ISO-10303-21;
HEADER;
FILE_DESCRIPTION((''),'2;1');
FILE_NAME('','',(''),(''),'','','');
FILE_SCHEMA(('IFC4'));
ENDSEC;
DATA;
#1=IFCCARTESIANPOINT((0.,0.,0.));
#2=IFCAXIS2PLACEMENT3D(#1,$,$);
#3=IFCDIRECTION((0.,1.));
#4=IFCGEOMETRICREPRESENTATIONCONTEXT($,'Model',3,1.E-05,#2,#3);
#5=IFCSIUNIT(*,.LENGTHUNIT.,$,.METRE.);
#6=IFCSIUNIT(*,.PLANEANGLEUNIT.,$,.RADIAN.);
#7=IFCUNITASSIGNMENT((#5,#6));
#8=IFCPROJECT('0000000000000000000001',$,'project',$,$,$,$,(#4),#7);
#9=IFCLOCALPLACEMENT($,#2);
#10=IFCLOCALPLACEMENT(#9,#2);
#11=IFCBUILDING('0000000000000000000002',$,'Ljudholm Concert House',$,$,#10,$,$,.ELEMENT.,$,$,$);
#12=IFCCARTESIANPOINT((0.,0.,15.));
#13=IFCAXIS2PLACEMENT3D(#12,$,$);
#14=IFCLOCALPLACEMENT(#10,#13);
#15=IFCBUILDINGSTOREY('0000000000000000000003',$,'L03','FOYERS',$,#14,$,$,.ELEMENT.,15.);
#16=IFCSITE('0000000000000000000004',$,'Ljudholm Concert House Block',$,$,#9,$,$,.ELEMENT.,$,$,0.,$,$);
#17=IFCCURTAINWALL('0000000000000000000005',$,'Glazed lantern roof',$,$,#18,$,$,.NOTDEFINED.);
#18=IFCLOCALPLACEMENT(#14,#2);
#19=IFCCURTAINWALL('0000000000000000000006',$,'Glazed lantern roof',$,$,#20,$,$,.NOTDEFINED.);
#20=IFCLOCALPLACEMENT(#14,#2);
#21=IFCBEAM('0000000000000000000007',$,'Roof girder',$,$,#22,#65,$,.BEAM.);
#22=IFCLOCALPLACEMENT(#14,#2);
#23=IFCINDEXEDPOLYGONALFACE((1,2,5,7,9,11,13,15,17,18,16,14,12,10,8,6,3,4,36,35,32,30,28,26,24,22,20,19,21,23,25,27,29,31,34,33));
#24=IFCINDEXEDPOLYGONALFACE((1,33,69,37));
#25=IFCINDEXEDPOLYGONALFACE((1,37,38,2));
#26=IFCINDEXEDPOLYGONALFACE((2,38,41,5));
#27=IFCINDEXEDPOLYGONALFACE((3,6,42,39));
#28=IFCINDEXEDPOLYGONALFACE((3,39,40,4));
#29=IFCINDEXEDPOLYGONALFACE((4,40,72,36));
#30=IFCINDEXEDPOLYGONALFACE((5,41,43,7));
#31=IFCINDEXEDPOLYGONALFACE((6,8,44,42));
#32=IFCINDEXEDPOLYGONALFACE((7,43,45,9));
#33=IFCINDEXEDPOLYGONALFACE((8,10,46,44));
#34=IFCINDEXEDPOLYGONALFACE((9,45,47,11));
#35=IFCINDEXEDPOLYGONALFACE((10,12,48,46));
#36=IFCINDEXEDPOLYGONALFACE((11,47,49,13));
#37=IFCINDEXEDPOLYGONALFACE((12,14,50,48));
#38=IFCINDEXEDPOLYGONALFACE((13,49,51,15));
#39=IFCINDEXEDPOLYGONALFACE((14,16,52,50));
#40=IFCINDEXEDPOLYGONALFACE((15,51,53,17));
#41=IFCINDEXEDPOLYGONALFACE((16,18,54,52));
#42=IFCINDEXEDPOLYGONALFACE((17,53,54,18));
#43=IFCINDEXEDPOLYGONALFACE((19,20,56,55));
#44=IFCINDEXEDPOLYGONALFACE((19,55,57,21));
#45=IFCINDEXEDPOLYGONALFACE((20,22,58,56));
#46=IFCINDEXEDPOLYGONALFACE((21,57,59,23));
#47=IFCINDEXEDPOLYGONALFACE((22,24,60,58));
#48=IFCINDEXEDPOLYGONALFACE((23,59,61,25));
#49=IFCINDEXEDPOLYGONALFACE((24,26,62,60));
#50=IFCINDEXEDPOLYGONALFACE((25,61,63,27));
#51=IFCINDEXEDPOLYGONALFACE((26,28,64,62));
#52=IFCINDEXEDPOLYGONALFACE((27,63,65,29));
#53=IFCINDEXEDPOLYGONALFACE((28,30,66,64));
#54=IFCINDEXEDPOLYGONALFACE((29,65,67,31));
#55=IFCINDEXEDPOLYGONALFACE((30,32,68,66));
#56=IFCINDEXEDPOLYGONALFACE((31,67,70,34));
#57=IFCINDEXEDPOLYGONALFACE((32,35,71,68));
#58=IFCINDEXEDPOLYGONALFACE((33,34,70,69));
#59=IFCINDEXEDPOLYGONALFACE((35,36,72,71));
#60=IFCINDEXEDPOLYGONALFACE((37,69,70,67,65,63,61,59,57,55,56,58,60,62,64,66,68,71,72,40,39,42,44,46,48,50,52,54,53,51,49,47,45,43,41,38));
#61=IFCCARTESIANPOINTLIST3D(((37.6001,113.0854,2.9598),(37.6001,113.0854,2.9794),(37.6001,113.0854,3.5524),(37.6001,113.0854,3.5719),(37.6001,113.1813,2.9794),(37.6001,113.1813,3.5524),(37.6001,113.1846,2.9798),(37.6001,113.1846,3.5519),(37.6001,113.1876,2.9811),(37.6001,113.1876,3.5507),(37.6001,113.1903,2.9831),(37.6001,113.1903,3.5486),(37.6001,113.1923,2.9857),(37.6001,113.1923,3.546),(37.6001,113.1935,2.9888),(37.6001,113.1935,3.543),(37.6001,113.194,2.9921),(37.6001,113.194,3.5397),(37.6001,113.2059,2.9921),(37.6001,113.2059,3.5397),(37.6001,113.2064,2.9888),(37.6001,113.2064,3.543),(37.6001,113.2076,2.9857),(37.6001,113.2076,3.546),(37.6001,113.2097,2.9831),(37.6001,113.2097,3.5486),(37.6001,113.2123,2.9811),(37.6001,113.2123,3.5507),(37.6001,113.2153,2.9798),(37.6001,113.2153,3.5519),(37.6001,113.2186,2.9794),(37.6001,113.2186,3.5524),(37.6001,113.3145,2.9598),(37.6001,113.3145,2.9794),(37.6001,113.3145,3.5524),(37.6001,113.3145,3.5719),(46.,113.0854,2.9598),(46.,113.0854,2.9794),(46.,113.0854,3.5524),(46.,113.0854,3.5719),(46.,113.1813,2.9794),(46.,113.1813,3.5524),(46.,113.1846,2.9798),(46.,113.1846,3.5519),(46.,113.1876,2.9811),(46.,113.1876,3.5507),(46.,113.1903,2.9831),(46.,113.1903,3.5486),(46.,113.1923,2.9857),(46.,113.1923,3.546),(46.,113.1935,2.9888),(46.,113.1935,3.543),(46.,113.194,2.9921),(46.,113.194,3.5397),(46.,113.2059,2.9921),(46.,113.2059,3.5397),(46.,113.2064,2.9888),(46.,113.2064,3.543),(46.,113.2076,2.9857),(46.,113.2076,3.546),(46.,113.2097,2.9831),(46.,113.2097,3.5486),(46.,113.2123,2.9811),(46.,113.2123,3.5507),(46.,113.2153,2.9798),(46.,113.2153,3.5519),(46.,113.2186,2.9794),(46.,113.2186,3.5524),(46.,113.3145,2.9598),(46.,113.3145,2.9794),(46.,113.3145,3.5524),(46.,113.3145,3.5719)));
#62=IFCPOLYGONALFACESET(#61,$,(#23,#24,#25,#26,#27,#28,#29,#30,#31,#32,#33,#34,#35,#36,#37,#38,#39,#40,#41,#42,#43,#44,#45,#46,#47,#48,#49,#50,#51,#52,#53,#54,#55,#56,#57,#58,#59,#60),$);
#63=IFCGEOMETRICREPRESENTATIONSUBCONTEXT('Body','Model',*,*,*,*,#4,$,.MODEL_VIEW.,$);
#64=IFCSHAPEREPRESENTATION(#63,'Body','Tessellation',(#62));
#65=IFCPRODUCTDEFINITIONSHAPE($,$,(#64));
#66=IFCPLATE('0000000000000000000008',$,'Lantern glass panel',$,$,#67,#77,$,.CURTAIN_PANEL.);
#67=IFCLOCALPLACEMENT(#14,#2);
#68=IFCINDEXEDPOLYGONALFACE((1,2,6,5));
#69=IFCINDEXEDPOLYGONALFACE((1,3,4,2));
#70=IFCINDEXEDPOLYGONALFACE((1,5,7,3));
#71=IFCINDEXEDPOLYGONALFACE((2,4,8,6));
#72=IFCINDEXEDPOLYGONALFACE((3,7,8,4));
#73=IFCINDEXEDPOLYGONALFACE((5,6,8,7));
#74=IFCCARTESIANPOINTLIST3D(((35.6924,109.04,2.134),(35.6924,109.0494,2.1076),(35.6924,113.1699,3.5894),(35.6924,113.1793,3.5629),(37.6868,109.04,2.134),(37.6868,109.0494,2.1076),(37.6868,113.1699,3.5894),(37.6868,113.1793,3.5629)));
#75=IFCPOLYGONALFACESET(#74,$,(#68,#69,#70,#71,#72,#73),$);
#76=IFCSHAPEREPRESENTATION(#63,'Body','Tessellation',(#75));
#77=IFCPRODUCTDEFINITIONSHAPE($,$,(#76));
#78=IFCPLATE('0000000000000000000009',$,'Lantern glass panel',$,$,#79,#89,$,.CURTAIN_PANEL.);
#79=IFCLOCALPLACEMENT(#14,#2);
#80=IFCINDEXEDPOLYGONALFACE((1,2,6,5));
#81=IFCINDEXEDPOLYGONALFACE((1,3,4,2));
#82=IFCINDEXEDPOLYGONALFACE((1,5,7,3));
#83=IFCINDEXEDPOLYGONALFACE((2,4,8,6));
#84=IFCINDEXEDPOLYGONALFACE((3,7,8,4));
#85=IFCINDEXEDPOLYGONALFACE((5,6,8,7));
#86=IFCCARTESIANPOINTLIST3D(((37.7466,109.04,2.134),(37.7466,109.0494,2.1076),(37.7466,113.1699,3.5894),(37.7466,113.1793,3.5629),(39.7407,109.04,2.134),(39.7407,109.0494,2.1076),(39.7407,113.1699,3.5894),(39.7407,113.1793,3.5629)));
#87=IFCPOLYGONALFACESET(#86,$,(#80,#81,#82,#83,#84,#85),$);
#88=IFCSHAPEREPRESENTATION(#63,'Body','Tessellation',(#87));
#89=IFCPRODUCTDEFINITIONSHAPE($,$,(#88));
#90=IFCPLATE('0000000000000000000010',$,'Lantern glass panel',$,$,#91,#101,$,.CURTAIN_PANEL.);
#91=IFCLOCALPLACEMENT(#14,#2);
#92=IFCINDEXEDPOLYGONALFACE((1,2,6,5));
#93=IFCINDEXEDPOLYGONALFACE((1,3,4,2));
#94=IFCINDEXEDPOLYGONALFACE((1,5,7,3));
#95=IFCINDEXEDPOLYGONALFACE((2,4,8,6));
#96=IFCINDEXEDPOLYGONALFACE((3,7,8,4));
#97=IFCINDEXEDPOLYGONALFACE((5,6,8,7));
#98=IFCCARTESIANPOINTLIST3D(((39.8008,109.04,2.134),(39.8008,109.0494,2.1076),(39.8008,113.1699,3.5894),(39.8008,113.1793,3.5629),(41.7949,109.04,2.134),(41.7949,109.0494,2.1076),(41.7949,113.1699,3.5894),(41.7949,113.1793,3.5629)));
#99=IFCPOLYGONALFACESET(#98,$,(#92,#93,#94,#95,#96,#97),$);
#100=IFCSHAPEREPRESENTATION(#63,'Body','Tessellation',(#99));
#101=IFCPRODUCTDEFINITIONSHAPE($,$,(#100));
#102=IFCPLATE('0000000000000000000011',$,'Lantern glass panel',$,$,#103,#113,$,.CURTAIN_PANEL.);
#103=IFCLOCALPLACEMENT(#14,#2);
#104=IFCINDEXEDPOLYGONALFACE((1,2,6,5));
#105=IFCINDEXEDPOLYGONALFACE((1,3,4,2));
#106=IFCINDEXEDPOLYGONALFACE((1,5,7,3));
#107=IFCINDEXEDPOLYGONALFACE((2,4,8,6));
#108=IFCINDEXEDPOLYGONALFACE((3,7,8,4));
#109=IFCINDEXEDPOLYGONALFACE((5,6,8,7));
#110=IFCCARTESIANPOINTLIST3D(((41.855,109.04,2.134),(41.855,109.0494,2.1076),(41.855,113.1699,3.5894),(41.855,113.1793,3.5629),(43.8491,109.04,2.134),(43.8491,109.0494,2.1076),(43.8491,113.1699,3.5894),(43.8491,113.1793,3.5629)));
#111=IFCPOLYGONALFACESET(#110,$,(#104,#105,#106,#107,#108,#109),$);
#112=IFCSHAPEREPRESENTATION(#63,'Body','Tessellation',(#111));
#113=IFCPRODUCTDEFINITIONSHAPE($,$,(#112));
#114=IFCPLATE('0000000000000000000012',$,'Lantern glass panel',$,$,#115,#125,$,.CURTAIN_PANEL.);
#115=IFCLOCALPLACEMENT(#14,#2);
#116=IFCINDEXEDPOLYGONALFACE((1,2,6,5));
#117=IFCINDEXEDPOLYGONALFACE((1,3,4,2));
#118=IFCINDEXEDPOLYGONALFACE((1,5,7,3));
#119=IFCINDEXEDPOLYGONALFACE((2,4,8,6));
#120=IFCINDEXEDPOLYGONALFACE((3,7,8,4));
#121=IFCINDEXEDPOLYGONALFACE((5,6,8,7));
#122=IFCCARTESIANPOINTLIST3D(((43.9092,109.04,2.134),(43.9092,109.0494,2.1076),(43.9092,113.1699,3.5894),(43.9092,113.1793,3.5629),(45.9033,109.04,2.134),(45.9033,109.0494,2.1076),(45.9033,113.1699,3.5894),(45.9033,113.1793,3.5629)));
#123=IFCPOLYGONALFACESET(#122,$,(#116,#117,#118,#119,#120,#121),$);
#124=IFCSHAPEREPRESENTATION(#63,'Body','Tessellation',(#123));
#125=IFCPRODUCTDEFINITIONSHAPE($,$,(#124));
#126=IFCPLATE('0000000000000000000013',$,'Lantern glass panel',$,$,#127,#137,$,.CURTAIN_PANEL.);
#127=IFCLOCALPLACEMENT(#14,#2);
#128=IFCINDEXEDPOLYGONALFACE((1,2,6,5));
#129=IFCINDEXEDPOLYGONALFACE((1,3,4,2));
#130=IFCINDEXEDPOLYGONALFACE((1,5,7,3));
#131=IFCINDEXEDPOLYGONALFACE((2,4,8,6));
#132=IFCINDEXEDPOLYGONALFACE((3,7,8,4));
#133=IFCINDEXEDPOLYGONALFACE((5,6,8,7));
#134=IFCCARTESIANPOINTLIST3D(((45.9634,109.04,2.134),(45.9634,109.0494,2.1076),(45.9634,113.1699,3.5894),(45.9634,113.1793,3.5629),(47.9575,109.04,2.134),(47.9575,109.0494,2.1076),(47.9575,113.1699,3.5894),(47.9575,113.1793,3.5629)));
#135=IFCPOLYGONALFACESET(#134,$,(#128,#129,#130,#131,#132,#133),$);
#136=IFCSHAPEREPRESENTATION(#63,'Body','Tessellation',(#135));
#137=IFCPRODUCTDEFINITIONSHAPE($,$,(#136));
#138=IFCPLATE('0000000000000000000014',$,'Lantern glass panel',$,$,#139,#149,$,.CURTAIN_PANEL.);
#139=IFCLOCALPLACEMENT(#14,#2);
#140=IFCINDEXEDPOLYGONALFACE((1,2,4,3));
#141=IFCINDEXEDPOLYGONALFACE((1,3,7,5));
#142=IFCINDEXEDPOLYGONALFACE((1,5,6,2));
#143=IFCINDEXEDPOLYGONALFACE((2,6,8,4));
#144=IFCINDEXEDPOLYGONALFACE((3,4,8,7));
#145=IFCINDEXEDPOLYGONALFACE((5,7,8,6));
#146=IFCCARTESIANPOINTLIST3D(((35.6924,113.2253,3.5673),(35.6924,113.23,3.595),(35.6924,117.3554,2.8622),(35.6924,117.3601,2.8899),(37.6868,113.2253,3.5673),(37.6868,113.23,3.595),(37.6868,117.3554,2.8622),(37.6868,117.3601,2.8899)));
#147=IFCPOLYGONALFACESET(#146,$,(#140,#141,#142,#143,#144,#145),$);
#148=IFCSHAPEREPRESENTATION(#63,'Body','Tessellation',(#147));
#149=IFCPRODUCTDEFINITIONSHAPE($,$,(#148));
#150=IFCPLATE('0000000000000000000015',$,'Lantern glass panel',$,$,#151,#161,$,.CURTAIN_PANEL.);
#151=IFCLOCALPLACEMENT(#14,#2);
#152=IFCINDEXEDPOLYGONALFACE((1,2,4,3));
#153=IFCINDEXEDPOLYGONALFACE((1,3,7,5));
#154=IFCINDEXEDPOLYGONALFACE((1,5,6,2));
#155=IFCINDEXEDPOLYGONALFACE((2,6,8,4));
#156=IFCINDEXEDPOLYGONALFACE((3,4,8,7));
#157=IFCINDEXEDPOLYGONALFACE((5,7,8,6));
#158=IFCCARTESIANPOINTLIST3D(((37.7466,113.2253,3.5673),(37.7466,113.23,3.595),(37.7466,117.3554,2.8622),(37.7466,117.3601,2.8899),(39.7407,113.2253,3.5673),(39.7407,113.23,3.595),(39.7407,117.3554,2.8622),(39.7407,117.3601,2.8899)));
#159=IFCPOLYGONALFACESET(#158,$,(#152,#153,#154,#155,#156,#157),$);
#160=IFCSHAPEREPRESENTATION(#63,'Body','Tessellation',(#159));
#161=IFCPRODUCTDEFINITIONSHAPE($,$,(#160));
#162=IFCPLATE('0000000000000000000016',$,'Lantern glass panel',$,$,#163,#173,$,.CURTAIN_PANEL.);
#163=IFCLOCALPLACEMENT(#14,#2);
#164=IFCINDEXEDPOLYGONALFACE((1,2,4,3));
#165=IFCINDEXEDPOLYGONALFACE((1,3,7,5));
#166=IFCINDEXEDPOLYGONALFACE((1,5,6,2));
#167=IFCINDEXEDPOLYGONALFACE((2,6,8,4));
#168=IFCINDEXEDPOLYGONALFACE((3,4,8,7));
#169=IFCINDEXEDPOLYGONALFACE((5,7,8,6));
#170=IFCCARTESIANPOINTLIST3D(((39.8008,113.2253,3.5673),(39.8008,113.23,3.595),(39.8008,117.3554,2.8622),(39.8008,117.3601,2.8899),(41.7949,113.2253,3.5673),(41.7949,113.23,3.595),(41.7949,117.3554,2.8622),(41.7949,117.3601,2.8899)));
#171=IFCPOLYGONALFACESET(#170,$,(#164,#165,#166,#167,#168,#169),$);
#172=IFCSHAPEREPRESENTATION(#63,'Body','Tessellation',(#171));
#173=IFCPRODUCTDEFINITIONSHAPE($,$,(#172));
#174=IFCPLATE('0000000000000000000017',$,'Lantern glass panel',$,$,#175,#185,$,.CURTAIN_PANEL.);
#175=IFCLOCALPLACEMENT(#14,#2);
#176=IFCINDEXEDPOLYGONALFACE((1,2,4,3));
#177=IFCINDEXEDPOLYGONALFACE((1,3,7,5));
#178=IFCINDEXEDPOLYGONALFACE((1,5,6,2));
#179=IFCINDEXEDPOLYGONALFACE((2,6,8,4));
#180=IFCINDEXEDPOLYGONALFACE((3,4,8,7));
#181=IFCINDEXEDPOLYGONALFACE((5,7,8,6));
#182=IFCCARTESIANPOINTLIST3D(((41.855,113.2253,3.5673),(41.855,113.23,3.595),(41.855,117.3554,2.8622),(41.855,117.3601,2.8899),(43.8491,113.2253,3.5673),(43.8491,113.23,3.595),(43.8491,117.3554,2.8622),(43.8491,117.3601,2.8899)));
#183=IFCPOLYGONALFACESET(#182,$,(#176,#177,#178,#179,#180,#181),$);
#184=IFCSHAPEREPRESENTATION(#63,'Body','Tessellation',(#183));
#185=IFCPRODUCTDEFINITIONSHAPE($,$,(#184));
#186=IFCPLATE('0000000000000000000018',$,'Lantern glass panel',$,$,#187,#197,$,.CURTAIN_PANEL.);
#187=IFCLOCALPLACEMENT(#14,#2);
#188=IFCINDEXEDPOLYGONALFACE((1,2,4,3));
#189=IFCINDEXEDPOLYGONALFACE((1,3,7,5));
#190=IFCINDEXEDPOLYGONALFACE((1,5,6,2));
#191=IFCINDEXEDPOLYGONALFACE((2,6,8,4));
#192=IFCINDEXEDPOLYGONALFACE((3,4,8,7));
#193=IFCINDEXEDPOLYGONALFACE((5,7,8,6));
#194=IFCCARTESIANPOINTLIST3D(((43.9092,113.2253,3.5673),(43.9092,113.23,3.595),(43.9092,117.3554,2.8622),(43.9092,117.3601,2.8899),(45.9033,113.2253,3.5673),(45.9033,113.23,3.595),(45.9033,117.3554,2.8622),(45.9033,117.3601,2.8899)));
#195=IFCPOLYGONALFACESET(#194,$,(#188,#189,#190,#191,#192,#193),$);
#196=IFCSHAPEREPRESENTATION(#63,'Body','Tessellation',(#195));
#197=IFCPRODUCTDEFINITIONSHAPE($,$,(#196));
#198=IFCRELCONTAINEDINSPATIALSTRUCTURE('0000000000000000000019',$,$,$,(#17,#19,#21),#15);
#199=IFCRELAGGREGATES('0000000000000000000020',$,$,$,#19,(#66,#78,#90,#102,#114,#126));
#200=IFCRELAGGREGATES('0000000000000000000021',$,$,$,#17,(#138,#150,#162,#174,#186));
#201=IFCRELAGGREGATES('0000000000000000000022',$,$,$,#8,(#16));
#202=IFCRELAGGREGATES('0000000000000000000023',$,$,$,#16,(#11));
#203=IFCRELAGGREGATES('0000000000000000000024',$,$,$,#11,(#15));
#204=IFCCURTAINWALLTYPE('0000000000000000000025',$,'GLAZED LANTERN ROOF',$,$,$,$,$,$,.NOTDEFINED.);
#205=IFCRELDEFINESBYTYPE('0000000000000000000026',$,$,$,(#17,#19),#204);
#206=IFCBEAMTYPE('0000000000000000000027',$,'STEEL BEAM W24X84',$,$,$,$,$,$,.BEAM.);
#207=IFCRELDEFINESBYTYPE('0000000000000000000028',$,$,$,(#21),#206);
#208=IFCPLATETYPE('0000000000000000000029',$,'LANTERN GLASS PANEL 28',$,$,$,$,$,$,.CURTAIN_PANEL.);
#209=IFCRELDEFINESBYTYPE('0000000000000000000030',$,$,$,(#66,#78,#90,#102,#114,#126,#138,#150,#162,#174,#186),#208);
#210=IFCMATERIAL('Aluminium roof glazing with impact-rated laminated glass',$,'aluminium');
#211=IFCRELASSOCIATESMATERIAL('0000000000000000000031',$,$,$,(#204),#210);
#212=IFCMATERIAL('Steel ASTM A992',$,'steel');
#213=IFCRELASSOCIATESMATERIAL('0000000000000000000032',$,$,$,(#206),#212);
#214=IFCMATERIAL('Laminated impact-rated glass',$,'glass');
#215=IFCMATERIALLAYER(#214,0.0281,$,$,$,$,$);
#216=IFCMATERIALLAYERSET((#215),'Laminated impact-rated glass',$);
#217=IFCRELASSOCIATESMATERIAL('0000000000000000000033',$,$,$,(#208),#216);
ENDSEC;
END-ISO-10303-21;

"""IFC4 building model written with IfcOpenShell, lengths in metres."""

from ifc_helpers import new_model, si_unit, direction, frame, origin, origin_2d, place, context, subcontext, project, spatial, polyline, i_section, outline, extrude, material, layer, layer_set, material_profile, profile_set, type_object, element, aggregate, save


model = new_model("IFC4")

# Units and contexts
model_context = context("Model", 3, precision=1e-05, world=origin(), true_north=direction((0.0, 1.0)))
body_context = subcontext(model_context, "Body", "Model", "MODEL_VIEW")
ifc_project = project(units=[si_unit("LENGTHUNIT", "METRE"), si_unit("PLANEANGLEUNIT", "RADIAN")], contexts=[model_context])

# Site, building, storey
site_placement = place(None, origin())
site = spatial("IfcSite", under=ifc_project, at=site_placement, Name="Ljudholm Concert House Block", CompositionType="ELEMENT", RefElevation=0.0)
building_placement = place(site_placement, origin())
building = spatial("IfcBuilding", under=site, at=building_placement, Name="Ljudholm Concert House", CompositionType="ELEMENT")
storey_placement = place(building_placement, frame((0.0, 0.0, 15.0)))
storey = spatial("IfcBuildingStorey", under=building, at=storey_placement, Name="L03", Description="FOYERS", CompositionType="ELEMENT", Elevation=15.0)

# Curtain walls
ifc_material_1 = material(Name="Aluminium roof glazing with impact-rated laminated glass", Category="aluminium")
curtain_wall_type = type_object("IfcCurtainWallType", Name="GLAZED LANTERN ROOF", PredefinedType="NOTDEFINED", material=ifc_material_1)
curtain_wall_1_placement = place(storey_placement, origin())
curtain_wall_1 = element("IfcCurtainWall", 1, at=curtain_wall_1_placement, inside=storey, type_object=curtain_wall_type, Name="Glazed lantern roof", PredefinedType="NOTDEFINED")
curtain_wall_2_placement = place(storey_placement, origin())
curtain_wall_2 = element("IfcCurtainWall", 2, at=curtain_wall_2_placement, inside=storey, type_object=curtain_wall_type, Name="Glazed lantern roof", PredefinedType="NOTDEFINED")

# Beam
ifc_material_2 = material(Name="Steel ASTM A992", Category="steel")
ifc_material_profile_1 = material_profile(ifc_material_2, i_section(OverallWidth=0.229, OverallDepth=0.6121, WebThickness=0.012, FlangeThickness=0.0195, FilletRadius=0.0127, at=origin_2d()), Name="W24X84")
ifc_profile_set_1 = profile_set([ifc_material_profile_1], Name="Steel ASTM A992")
beam_type_1 = type_object("IfcBeamType", Name="STEEL BEAM W24X84", PredefinedType="BEAM", material=ifc_profile_set_1)
beam_placement = place(storey_placement, frame((37.6001, 113.2, 3.2659), z_axis=(1.0, 0.0, 0.0), x_axis=(0.0, 1.0, 0.0)))
element("IfcBeam", 3, at=beam_placement, inside=storey, type_object=beam_type_1, Name="Roof girder", PredefinedType="BEAM", context=body_context, shape_type="SweptSolid", body=[
    extrude(i_section(OverallWidth=0.229, OverallDepth=0.6121, WebThickness=0.012, FlangeThickness=0.0195, FilletRadius=0.0127, at=origin_2d()), origin(), (0.0, 0.0, 1.0), 8.3999),
])

# Plates
ifc_material_3 = material(Name="Laminated impact-rated glass", Category="glass")
ifc_layer = layer(ifc_material_3, 0.0281)
ifc_layer_set = layer_set([ifc_layer], Name="Laminated impact-rated glass")
plate_type = type_object("IfcPlateType", Name="LANTERN GLASS PANEL 28", PredefinedType="CURTAIN_PANEL", material=ifc_layer_set)
plate_1_placement = place(storey_placement, frame((35.6924, 109.04, 2.134), z_axis=(0.0, -0.332356, 0.943154), x_axis=(1.0, 0.0, 0.0)))
plate_1 = element("IfcPlate", 4, at=plate_1_placement, type_object=plate_type, Name="Lantern glass panel", PredefinedType="CURTAIN_PANEL", context=body_context, shape_type="SweptSolid", body=[
    extrude(outline(polyline([(0.0, 0.0), (1.9944, 0.0), (1.9944, 4.3788), (0.0, 4.3788), (0.0, 0.0)])), origin(), (0.0, 0.0, -1.0), 0.0281),
])
plate_2_placement = place(storey_placement, frame((37.7466, 109.04, 2.134), z_axis=(0.0, -0.332356, 0.943154), x_axis=(1.0, 0.0, 0.0)))
plate_2 = element("IfcPlate", 5, at=plate_2_placement, type_object=plate_type, Name="Lantern glass panel", PredefinedType="CURTAIN_PANEL", context=body_context, shape_type="SweptSolid", body=[
    extrude(outline(polyline([(0.0, 0.0), (1.9941, 0.0), (1.9941, 4.3788), (0.0, 4.3788), (0.0, 0.0)])), origin(), (0.0, 0.0, -1.0), 0.0281),
])
plate_3_placement = place(storey_placement, frame((39.8008, 109.04, 2.134), z_axis=(0.0, -0.332356, 0.943154), x_axis=(1.0, 0.0, 0.0)))
plate_3 = element("IfcPlate", 6, at=plate_3_placement, type_object=plate_type, Name="Lantern glass panel", PredefinedType="CURTAIN_PANEL", context=body_context, shape_type="SweptSolid", body=[
    extrude(outline(polyline([(0.0, 0.0), (1.9941, 0.0), (1.9941, 4.3788), (0.0, 4.3788), (0.0, 0.0)])), origin(), (0.0, 0.0, -1.0), 0.0281),
])
plate_4_placement = place(storey_placement, frame((41.855, 109.04, 2.134), z_axis=(0.0, -0.332356, 0.943154), x_axis=(1.0, 0.0, 0.0)))
plate_4 = element("IfcPlate", 7, at=plate_4_placement, type_object=plate_type, Name="Lantern glass panel", PredefinedType="CURTAIN_PANEL", context=body_context, shape_type="SweptSolid", body=[
    extrude(outline(polyline([(0.0, 0.0), (1.9941, 0.0), (1.9941, 4.3788), (0.0, 4.3788), (0.0, 0.0)])), origin(), (0.0, 0.0, -1.0), 0.0281),
])
plate_5_placement = place(storey_placement, frame((43.9092, 109.04, 2.134), z_axis=(0.0, -0.332356, 0.943154), x_axis=(1.0, 0.0, 0.0)))
plate_5 = element("IfcPlate", 8, at=plate_5_placement, type_object=plate_type, Name="Lantern glass panel", PredefinedType="CURTAIN_PANEL", context=body_context, shape_type="SweptSolid", body=[
    extrude(outline(polyline([(0.0, 0.0), (1.9941, 0.0), (1.9941, 4.3788), (0.0, 4.3788), (0.0, 0.0)])), origin(), (0.0, 0.0, -1.0), 0.0281),
])
plate_6_placement = place(storey_placement, frame((45.9634, 109.04, 2.134), z_axis=(0.0, -0.332356, 0.943154), x_axis=(1.0, 0.0, 0.0)))
plate_6 = element("IfcPlate", 9, at=plate_6_placement, type_object=plate_type, Name="Lantern glass panel", PredefinedType="CURTAIN_PANEL", context=body_context, shape_type="SweptSolid", body=[
    extrude(outline(polyline([(0.0, 0.0), (1.9941, 0.0), (1.9941, 4.3788), (0.0, 4.3788), (0.0, 0.0)])), origin(), (0.0, 0.0, -1.0), 0.0281),
])
aggregate(curtain_wall_2, [plate_1, plate_2, plate_3, plate_4, plate_5, plate_6])
plate_7_placement = place(storey_placement, frame((35.6924, 113.23, 3.595), z_axis=(0.0, 0.168281, 0.985739), x_axis=(1.0, 0.0, 0.0)))
plate_7 = element("IfcPlate", 10, at=plate_7_placement, type_object=plate_type, Name="Lantern glass panel", PredefinedType="CURTAIN_PANEL", context=body_context, shape_type="SweptSolid", body=[
    extrude(outline(polyline([(0.0, 0.0), (1.9944, 0.0), (1.9944, 4.1899), (0.0, 4.1899), (0.0, 0.0)])), origin(), (0.0, 0.0, -1.0), 0.0281),
])
plate_8_placement = place(storey_placement, frame((37.7466, 113.23, 3.595), z_axis=(0.0, 0.168281, 0.985739), x_axis=(1.0, 0.0, 0.0)))
plate_8 = element("IfcPlate", 11, at=plate_8_placement, type_object=plate_type, Name="Lantern glass panel", PredefinedType="CURTAIN_PANEL", context=body_context, shape_type="SweptSolid", body=[
    extrude(outline(polyline([(0.0, 0.0), (1.9941, 0.0), (1.9941, 4.1899), (0.0, 4.1899), (0.0, 0.0)])), origin(), (0.0, 0.0, -1.0), 0.0281),
])
plate_9_placement = place(storey_placement, frame((39.8008, 113.23, 3.595), z_axis=(0.0, 0.168281, 0.985739), x_axis=(1.0, 0.0, 0.0)))
plate_9 = element("IfcPlate", 12, at=plate_9_placement, type_object=plate_type, Name="Lantern glass panel", PredefinedType="CURTAIN_PANEL", context=body_context, shape_type="SweptSolid", body=[
    extrude(outline(polyline([(0.0, 0.0), (1.9941, 0.0), (1.9941, 4.1899), (0.0, 4.1899), (0.0, 0.0)])), origin(), (0.0, 0.0, -1.0), 0.0281),
])
plate_10_placement = place(storey_placement, frame((41.855, 113.23, 3.595), z_axis=(0.0, 0.168281, 0.985739), x_axis=(1.0, 0.0, 0.0)))
plate_10 = element("IfcPlate", 13, at=plate_10_placement, type_object=plate_type, Name="Lantern glass panel", PredefinedType="CURTAIN_PANEL", context=body_context, shape_type="SweptSolid", body=[
    extrude(outline(polyline([(0.0, 0.0), (1.9941, 0.0), (1.9941, 4.1899), (0.0, 4.1899), (0.0, 0.0)])), origin(), (0.0, 0.0, -1.0), 0.0281),
])
plate_11_placement = place(storey_placement, frame((43.9092, 113.23, 3.595), z_axis=(0.0, 0.168281, 0.985739), x_axis=(1.0, 0.0, 0.0)))
plate_11 = element("IfcPlate", 14, at=plate_11_placement, type_object=plate_type, Name="Lantern glass panel", PredefinedType="CURTAIN_PANEL", context=body_context, shape_type="SweptSolid", body=[
    extrude(outline(polyline([(0.0, 0.0), (1.9941, 0.0), (1.9941, 4.1899), (0.0, 4.1899), (0.0, 0.0)])), origin(), (0.0, 0.0, -1.0), 0.0281),
])
aggregate(curtain_wall_1, [plate_7, plate_8, plate_9, plate_10, plate_11])

save(model, "model.ifc")
